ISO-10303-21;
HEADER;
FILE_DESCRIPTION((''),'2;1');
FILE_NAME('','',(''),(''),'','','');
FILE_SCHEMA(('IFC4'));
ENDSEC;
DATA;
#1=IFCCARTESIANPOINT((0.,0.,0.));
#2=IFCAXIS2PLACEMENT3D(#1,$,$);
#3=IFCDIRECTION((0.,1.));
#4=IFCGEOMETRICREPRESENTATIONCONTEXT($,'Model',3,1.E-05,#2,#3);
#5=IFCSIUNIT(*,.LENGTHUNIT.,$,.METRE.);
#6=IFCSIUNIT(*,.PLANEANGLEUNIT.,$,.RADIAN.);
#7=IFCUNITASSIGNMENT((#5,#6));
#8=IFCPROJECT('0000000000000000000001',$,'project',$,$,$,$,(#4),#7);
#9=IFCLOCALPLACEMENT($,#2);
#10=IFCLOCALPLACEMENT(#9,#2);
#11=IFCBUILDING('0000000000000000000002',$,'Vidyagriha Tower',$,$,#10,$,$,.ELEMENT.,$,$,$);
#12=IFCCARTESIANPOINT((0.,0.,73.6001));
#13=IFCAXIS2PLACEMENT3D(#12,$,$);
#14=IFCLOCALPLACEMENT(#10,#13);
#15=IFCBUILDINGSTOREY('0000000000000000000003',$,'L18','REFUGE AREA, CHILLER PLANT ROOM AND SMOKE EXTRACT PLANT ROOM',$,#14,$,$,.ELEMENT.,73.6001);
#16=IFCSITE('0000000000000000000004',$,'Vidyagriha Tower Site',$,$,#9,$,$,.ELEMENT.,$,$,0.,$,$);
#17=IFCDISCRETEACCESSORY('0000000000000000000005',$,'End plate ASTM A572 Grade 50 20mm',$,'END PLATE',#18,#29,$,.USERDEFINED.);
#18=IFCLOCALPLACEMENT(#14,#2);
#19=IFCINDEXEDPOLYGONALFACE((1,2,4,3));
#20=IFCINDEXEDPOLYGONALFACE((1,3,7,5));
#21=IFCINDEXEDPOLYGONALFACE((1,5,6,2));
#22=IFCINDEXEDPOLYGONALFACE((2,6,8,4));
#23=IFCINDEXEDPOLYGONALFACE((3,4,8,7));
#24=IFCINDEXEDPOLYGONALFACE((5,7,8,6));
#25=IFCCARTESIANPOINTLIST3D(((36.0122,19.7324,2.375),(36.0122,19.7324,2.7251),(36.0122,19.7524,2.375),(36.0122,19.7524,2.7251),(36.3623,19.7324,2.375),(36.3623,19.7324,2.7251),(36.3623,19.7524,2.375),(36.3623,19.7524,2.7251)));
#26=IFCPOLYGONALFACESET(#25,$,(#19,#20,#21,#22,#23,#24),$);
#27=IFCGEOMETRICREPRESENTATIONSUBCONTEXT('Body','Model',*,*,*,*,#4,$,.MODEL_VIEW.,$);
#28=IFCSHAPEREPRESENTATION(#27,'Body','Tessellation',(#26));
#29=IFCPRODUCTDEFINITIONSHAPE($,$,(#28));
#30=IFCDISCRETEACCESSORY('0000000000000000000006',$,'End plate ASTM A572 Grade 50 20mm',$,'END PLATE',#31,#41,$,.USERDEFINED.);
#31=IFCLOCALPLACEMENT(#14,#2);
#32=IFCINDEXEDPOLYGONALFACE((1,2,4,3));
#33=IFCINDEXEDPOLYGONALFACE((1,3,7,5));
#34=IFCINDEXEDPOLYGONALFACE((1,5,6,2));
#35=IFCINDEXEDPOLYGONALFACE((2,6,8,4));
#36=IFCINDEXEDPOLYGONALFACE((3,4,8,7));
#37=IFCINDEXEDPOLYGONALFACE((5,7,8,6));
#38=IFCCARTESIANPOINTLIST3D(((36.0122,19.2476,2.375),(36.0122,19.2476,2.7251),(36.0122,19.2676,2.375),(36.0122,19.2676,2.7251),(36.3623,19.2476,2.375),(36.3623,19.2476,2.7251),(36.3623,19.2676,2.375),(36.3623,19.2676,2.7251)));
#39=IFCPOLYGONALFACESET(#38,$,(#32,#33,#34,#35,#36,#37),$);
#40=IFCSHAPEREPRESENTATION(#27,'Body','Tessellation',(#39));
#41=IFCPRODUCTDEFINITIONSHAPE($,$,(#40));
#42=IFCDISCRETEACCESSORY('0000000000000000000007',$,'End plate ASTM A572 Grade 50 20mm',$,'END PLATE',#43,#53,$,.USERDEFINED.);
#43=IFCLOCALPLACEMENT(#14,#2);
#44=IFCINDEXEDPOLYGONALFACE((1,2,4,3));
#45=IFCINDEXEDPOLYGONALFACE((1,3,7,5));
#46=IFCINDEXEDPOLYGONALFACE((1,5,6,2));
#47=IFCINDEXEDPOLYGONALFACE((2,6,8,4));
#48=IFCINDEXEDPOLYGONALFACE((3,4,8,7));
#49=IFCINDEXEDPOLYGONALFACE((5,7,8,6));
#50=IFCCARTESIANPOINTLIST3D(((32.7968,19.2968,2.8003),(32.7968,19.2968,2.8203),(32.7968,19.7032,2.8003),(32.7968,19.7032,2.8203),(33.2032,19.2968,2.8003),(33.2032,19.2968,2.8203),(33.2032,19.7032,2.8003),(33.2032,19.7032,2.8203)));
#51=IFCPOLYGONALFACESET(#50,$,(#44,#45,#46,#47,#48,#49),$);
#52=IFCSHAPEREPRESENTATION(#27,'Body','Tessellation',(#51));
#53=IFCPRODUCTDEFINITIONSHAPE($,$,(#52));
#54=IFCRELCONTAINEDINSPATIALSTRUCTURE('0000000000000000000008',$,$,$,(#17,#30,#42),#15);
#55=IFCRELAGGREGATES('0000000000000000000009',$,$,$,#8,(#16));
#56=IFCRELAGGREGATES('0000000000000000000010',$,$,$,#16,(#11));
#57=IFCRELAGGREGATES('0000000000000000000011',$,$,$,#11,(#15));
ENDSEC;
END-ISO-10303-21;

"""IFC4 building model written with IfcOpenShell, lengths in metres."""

from ifc_helpers import new_model, si_unit, direction, frame, origin, origin_2d, place, context, subcontext, project, spatial, rectangle, extrude, element, save


model = new_model("IFC4")

# Units and contexts
model_context = context("Model", 3, precision=1e-05, world=origin(), true_north=direction((0.0, 1.0)))
body_context = subcontext(model_context, "Body", "Model", "MODEL_VIEW")
ifc_project = project(units=[si_unit("LENGTHUNIT", "METRE"), si_unit("PLANEANGLEUNIT", "RADIAN")], contexts=[model_context])

# Site, building, storey
site_placement = place(None, origin())
site = spatial("IfcSite", under=ifc_project, at=site_placement, Name="Vidyagriha Tower Site", CompositionType="ELEMENT", RefElevation=0.0)
building_placement = place(site_placement, origin())
building = spatial("IfcBuilding", under=site, at=building_placement, Name="Vidyagriha Tower", CompositionType="ELEMENT")
storey_placement = place(building_placement, frame((0.0, 0.0, 73.6001)))
storey = spatial("IfcBuildingStorey", under=building, at=storey_placement, Name="L18", Description="REFUGE AREA, CHILLER PLANT ROOM AND SMOKE EXTRACT PLANT ROOM", CompositionType="ELEMENT", Elevation=73.6001)

# Discrete accessories
for number, where, name in (
    (1, (36.1873, 19.7424, 2.375), "End plate ASTM A572 Grade 50 20mm"),
    (2, (36.1873, 19.2576, 2.375), "End plate ASTM A572 Grade 50 20mm"),
):
    element("IfcDiscreteAccessory", number, at=place(storey_placement, frame(where)), inside=storey, Name=name, ObjectType="END PLATE", PredefinedType="USERDEFINED", context=body_context, shape_type="SweptSolid", body=[
        extrude(rectangle(XDim=0.3501, YDim=0.02, at=origin_2d()), origin(), (0.0, 0.0, 1.0), 0.3501),
    ])
discrete_accessory_1_placement = place(storey_placement, frame((33.0, 19.5, 2.8003)))
element("IfcDiscreteAccessory", 3, at=discrete_accessory_1_placement, inside=storey, Name="End plate ASTM A572 Grade 50 20mm", ObjectType="END PLATE", PredefinedType="USERDEFINED", context=body_context, shape_type="SweptSolid", body=[
    extrude(rectangle(XDim=0.4065, YDim=0.4065, at=origin_2d()), origin(), (0.0, 0.0, 1.0), 0.02),
])

save(model, "model.ifc")
